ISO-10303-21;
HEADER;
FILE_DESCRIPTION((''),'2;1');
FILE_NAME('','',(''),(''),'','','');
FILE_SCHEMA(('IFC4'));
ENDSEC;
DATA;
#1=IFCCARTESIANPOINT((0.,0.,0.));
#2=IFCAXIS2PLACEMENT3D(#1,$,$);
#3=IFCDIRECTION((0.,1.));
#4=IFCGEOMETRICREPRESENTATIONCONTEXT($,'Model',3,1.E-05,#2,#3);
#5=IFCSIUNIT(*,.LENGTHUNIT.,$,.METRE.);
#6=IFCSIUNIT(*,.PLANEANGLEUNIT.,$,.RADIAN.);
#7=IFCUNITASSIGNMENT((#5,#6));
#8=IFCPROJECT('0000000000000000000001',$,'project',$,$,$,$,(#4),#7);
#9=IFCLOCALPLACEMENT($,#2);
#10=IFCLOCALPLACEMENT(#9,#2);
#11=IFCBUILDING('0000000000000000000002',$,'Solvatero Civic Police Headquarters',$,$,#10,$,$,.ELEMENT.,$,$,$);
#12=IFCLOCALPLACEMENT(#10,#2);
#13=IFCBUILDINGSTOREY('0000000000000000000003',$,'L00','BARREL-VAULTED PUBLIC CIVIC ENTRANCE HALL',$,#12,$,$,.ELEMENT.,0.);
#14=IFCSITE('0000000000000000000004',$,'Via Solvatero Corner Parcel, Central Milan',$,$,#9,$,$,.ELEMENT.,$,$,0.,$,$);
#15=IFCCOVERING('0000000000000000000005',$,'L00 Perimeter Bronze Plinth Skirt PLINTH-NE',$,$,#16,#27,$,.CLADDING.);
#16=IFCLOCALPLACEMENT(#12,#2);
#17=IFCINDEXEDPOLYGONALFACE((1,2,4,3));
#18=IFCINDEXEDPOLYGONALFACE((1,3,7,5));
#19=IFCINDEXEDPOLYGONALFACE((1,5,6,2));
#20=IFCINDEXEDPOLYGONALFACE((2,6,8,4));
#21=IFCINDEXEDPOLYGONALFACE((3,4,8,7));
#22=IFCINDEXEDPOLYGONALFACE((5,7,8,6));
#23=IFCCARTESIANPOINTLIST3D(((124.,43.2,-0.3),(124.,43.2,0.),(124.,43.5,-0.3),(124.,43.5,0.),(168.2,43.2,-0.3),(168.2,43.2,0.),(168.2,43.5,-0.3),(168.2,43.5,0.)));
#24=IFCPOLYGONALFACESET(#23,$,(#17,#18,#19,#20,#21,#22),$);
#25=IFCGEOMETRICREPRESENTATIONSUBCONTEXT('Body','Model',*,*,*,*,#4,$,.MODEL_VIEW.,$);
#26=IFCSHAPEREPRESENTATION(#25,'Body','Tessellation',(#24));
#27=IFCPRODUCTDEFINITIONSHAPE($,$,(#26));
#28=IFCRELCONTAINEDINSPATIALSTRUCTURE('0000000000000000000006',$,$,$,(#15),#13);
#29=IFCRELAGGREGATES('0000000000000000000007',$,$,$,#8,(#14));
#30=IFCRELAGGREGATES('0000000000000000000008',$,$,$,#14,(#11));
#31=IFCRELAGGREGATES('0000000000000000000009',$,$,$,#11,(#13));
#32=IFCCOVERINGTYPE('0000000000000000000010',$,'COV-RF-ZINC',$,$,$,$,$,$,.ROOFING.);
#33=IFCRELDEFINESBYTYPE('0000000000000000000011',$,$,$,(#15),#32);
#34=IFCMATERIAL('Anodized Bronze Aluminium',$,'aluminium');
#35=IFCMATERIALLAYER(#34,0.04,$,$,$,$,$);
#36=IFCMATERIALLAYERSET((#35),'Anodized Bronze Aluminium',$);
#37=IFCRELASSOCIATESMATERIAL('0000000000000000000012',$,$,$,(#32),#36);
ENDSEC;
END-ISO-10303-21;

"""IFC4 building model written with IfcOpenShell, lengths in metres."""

from ifc_helpers import new_model, si_unit, direction, frame, origin, place, context, subcontext, project, spatial, polyline, outline, extrude, material, layer, layer_set, type_object, element, save


model = new_model("IFC4")

# Units and contexts
model_context = context("Model", 3, precision=1e-05, world=origin(), true_north=direction((0.0, 1.0)))
body_context = subcontext(model_context, "Body", "Model", "MODEL_VIEW")
ifc_project = project(units=[si_unit("LENGTHUNIT", "METRE"), si_unit("PLANEANGLEUNIT", "RADIAN")], contexts=[model_context])

# Site, building, storey
site_placement = place(None, origin())
site = spatial("IfcSite", under=ifc_project, at=site_placement, Name="Via Solvatero Corner Parcel, Central Milan", CompositionType="ELEMENT", RefElevation=0.0)
building_placement = place(site_placement, origin())
building = spatial("IfcBuilding", under=site, at=building_placement, Name="Solvatero Civic Police Headquarters", CompositionType="ELEMENT")
storey_placement = place(building_placement, origin())
storey = spatial("IfcBuildingStorey", under=building, at=storey_placement, Name="L00", Description="BARREL-VAULTED PUBLIC CIVIC ENTRANCE HALL", CompositionType="ELEMENT", Elevation=0.0)

# Covering
ifc_material_1 = material(Name="Anodized Bronze Aluminium", Category="aluminium")
ifc_layer_1 = layer(ifc_material_1, 0.04)
ifc_layer_set_1 = layer_set([ifc_layer_1], Name="Anodized Bronze Aluminium")
covering_type_1 = type_object("IfcCoveringType", Name="COV-RF-ZINC", PredefinedType="ROOFING", material=ifc_layer_set_1)
covering_1_placement = place(storey_placement, frame((0.0, 0.0, -0.3)))
element("IfcCovering", 1, at=covering_1_placement, inside=storey, type_object=covering_type_1, Name="L00 Perimeter Bronze Plinth Skirt PLINTH-NE", PredefinedType="CLADDING", context=body_context, shape_type="SweptSolid", body=[
    extrude(outline(polyline([(124.0, 43.2), (168.2, 43.2), (168.2, 43.5), (124.0, 43.5), (124.0, 43.2)])), origin(), (0.0, 0.0, 1.0), 0.3),
])

save(model, "model.ifc")
